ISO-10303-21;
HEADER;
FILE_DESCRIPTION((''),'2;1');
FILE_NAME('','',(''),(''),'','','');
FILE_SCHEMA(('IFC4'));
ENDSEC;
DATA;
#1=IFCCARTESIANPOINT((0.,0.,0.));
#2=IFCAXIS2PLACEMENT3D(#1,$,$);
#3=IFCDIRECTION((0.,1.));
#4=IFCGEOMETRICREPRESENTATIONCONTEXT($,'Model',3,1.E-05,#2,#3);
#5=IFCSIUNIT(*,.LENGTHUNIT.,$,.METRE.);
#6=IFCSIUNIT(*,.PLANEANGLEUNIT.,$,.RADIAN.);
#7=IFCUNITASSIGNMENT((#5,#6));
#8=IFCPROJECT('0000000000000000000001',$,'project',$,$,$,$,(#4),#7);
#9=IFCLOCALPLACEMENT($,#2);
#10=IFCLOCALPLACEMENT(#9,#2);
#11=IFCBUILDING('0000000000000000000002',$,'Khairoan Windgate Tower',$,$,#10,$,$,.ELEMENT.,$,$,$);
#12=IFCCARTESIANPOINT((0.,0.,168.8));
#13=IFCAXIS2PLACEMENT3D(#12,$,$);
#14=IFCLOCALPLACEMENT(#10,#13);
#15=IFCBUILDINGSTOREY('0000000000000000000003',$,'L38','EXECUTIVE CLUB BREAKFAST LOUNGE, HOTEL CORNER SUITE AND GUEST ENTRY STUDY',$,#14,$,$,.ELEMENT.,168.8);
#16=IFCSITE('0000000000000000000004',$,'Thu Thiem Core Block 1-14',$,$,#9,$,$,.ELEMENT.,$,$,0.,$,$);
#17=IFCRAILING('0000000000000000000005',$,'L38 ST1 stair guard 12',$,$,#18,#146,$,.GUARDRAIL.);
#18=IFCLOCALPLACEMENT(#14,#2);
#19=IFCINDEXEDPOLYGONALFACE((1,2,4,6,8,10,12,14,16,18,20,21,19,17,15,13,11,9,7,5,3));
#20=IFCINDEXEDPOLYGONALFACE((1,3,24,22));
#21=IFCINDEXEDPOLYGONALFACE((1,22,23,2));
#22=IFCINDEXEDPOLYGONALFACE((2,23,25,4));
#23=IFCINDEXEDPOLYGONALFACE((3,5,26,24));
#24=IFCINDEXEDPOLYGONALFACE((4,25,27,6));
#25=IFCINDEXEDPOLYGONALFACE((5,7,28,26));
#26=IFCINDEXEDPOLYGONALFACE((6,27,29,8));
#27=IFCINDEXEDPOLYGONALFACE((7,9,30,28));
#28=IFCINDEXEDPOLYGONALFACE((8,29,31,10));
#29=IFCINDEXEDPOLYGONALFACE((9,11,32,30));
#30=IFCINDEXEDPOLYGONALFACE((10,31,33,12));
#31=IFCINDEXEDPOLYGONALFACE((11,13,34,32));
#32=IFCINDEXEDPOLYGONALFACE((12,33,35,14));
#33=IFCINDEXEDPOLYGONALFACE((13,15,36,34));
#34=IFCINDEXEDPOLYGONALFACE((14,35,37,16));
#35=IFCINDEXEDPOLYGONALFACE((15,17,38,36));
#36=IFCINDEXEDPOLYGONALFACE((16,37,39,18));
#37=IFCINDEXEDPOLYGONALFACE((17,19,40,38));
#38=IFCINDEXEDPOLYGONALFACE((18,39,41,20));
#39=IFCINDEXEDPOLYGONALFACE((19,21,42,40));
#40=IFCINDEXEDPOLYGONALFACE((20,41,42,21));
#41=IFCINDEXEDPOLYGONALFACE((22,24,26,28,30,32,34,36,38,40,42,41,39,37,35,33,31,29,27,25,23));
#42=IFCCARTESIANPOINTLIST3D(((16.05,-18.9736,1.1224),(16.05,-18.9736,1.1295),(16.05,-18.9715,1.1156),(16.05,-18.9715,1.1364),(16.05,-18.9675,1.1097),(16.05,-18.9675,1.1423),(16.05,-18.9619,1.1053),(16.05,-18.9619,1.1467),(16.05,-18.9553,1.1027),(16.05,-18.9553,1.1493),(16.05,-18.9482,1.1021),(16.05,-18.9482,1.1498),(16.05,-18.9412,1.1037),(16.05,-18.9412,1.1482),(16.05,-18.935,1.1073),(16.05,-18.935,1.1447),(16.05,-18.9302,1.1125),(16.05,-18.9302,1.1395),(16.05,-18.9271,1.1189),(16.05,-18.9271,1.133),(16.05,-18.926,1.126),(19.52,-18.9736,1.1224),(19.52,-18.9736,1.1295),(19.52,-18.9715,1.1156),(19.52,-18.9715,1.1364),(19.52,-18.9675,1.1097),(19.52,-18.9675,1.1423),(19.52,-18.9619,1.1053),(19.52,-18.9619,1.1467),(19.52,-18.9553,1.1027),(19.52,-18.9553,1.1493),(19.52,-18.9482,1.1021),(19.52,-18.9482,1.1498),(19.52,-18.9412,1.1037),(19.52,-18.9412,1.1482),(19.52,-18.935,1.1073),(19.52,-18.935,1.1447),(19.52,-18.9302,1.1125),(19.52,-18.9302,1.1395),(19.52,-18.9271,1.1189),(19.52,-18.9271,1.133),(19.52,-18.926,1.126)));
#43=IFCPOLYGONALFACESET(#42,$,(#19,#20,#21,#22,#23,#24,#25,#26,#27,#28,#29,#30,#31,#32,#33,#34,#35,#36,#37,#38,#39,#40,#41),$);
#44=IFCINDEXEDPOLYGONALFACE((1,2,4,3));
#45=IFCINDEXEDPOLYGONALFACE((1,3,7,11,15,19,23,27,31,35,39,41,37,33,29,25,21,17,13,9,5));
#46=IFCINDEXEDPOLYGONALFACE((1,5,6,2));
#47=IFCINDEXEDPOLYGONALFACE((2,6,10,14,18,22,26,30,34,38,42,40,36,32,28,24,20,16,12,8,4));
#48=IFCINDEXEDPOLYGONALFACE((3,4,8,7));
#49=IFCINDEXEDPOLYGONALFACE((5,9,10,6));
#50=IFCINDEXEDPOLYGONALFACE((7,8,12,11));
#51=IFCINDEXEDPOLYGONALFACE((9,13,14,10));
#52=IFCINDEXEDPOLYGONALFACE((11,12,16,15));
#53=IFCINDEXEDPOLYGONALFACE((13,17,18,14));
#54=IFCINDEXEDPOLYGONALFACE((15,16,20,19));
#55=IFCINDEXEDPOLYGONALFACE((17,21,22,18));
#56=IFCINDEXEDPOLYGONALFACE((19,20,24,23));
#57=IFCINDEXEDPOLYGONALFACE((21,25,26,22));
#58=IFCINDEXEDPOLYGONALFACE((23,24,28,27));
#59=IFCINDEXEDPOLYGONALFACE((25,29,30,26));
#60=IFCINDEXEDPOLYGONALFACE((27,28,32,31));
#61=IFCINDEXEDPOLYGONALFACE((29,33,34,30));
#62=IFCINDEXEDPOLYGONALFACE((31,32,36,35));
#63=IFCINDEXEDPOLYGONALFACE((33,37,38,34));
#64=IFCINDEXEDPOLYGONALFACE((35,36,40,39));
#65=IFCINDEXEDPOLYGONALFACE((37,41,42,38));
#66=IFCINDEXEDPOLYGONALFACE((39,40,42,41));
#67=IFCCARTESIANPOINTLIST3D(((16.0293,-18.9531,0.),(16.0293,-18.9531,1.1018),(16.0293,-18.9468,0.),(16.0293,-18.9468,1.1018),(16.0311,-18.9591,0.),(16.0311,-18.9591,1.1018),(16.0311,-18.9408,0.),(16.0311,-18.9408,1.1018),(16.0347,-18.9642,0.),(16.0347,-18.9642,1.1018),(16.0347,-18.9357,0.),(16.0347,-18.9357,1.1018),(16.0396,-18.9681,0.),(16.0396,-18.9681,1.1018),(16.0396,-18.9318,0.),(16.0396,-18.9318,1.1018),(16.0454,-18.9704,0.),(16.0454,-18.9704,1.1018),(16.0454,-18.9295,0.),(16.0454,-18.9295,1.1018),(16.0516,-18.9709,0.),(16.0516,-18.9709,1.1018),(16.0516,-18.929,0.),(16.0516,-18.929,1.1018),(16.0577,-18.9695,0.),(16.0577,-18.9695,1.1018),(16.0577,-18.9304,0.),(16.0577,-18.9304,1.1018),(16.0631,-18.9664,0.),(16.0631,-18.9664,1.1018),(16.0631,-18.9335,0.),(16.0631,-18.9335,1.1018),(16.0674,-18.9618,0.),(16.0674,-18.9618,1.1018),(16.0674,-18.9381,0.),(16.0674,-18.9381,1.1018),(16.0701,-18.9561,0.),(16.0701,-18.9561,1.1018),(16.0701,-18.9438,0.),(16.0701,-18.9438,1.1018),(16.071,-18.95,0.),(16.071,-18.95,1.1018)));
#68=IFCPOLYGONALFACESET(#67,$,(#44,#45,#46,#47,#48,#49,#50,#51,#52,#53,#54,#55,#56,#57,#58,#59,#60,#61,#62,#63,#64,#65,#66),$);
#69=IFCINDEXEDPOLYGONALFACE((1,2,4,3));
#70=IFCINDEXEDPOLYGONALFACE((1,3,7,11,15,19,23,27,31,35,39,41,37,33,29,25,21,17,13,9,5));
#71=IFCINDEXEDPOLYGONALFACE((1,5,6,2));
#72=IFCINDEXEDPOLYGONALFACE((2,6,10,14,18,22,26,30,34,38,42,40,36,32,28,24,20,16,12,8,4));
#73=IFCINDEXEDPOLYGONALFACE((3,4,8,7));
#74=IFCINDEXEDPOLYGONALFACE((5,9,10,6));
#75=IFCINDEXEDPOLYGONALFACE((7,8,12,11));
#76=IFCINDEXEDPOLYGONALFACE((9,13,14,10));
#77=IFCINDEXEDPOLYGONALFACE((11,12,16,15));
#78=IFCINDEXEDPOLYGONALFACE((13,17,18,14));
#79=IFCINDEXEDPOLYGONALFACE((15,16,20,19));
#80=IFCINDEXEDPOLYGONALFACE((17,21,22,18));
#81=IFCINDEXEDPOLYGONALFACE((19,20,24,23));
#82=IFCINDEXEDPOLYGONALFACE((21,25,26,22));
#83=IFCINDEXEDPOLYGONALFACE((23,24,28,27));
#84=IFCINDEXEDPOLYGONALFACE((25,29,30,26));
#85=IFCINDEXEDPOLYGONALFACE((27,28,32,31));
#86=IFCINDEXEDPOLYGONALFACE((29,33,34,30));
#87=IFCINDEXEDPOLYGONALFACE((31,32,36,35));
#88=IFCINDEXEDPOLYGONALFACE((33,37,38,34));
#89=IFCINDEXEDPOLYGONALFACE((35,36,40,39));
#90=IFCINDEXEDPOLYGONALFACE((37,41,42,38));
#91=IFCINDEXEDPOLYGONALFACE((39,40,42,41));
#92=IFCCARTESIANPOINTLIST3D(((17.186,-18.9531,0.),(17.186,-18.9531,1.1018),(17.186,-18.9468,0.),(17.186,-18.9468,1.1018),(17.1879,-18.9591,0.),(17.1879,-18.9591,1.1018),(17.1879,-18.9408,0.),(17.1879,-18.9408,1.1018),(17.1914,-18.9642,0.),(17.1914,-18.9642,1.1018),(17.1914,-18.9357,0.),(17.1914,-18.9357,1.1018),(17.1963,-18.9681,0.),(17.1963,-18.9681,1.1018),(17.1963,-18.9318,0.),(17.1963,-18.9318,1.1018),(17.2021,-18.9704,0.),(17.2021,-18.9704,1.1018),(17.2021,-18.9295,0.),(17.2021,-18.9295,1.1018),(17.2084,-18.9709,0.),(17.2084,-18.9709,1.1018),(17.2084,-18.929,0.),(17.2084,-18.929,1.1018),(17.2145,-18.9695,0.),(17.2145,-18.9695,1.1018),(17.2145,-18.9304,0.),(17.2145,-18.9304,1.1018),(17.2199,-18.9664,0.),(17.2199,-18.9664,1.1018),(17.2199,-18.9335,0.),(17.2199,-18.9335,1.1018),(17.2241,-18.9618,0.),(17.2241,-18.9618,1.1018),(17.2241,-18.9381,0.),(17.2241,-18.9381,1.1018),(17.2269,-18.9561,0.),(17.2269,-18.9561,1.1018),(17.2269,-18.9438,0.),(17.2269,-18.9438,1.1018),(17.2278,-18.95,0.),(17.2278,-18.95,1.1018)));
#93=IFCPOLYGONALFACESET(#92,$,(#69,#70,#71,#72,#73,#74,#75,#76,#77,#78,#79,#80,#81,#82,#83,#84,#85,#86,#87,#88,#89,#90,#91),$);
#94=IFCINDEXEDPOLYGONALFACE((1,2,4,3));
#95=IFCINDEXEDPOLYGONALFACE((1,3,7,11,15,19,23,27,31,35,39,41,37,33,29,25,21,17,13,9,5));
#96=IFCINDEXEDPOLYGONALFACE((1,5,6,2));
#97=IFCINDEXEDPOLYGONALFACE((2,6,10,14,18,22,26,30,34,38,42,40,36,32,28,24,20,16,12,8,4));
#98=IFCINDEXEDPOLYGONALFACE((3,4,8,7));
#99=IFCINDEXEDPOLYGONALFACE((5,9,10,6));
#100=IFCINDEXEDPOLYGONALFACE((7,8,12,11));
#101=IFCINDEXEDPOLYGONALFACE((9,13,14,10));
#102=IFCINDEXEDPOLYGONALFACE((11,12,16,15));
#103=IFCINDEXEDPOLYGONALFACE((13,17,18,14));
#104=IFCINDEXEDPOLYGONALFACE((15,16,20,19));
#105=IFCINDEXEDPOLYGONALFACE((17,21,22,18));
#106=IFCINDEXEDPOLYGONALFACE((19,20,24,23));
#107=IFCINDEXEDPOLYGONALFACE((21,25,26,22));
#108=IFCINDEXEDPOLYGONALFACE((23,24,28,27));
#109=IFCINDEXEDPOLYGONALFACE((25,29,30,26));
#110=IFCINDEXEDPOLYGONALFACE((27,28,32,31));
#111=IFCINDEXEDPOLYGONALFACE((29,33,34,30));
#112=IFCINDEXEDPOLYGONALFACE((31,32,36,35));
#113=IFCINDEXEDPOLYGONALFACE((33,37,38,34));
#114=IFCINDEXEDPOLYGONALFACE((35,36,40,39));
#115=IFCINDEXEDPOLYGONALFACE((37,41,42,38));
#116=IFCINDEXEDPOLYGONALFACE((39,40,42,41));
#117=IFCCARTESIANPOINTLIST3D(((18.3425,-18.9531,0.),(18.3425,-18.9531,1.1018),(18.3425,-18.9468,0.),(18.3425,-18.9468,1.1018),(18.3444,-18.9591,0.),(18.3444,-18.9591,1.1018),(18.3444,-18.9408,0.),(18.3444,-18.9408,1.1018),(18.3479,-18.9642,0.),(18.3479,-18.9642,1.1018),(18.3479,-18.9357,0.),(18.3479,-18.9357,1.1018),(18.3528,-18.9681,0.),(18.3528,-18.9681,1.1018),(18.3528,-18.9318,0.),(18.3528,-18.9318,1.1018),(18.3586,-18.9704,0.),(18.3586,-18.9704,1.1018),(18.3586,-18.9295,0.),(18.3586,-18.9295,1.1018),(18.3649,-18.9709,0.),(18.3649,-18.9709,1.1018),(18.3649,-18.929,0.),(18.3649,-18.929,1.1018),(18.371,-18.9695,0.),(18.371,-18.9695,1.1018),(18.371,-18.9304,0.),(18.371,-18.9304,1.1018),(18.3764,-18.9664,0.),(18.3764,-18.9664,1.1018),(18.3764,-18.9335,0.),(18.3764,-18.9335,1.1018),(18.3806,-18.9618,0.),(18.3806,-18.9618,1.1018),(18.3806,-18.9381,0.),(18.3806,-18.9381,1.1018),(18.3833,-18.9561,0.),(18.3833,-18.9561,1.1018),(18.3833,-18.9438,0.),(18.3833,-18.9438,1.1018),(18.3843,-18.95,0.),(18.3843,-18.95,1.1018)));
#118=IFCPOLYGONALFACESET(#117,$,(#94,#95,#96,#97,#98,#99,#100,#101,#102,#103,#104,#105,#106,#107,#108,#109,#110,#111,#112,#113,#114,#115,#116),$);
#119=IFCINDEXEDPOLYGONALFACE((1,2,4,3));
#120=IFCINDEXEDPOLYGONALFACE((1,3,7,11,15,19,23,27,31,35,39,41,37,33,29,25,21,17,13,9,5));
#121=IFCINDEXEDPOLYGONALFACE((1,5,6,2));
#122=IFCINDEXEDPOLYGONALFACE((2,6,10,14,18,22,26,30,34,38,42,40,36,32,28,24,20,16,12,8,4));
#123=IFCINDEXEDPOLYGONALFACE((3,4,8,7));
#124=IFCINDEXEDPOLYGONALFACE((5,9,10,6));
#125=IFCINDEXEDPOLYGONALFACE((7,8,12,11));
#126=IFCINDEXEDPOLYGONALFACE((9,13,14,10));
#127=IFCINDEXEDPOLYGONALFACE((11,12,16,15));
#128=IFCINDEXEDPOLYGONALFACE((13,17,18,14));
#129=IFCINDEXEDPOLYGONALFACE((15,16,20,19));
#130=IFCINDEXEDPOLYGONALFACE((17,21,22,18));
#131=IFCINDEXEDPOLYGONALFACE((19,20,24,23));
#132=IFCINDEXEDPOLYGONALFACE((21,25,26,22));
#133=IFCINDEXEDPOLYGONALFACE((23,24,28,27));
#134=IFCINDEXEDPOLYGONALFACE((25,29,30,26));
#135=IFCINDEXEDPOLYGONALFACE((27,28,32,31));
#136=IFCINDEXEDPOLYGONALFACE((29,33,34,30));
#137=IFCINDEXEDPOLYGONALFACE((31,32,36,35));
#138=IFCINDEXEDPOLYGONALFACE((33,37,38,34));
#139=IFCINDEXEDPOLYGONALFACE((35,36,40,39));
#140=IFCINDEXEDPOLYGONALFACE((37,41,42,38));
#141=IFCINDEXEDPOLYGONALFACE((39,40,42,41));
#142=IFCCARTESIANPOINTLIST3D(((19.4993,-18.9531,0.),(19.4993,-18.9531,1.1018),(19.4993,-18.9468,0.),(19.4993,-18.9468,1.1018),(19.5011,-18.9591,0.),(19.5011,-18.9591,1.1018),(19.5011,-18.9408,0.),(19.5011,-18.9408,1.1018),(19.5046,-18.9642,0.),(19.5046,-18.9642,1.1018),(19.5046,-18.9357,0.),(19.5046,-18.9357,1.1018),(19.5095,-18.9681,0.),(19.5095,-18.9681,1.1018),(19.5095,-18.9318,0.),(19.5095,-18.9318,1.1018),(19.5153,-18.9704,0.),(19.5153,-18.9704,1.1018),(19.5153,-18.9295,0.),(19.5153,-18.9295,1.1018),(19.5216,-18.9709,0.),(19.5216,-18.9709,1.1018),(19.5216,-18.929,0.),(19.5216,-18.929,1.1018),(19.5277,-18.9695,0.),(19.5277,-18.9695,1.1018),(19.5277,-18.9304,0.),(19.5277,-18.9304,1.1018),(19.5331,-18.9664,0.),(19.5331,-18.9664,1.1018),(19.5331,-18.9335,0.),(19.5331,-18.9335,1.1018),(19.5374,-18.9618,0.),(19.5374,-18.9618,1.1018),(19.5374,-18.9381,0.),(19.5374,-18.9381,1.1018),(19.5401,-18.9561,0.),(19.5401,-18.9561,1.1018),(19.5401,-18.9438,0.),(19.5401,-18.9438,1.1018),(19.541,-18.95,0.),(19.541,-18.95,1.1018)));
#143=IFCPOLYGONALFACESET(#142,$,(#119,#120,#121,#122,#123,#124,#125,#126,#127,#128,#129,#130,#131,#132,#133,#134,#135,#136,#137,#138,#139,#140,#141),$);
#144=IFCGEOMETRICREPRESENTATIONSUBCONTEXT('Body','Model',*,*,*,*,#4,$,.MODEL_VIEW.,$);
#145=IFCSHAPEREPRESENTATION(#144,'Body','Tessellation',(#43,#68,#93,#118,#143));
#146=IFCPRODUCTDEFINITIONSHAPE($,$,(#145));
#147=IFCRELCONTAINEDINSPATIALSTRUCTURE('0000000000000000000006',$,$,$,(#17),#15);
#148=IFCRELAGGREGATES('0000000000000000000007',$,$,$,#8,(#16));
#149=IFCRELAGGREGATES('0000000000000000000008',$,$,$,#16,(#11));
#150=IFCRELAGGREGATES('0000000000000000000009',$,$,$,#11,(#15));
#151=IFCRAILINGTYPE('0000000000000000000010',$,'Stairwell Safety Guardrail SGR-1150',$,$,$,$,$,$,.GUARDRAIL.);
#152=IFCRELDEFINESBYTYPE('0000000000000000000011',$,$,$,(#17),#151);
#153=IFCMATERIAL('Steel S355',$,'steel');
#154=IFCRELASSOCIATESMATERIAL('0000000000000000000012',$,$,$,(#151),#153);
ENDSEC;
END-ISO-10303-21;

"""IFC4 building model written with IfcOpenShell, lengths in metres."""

from ifc_helpers import new_model, si_unit, direction, frame, origin, origin_2d, place, context, subcontext, project, spatial, circle, extrude, material, type_object, element, save


model = new_model("IFC4")

# Units and contexts
model_context = context("Model", 3, precision=1e-05, world=origin(), true_north=direction((0.0, 1.0)))
body_context = subcontext(model_context, "Body", "Model", "MODEL_VIEW")
ifc_project = project(units=[si_unit("LENGTHUNIT", "METRE"), si_unit("PLANEANGLEUNIT", "RADIAN")], contexts=[model_context])

# Site, building, storey
site_placement = place(None, origin())
site = spatial("IfcSite", under=ifc_project, at=site_placement, Name="Thu Thiem Core Block 1-14", CompositionType="ELEMENT", RefElevation=0.0)
building_placement = place(site_placement, origin())
building = spatial("IfcBuilding", under=site, at=building_placement, Name="Khairoan Windgate Tower", CompositionType="ELEMENT")
storey_placement = place(building_placement, frame((0.0, 0.0, 168.8)))
storey = spatial("IfcBuildingStorey", under=building, at=storey_placement, Name="L38", Description="EXECUTIVE CLUB BREAKFAST LOUNGE, HOTEL CORNER SUITE AND GUEST ENTRY STUDY", CompositionType="ELEMENT", Elevation=168.8)

# Railing
ifc_material_1 = material(Name="Steel S355", Category="steel")
railing_type = type_object("IfcRailingType", Name="Stairwell Safety Guardrail SGR-1150", PredefinedType="GUARDRAIL", material=ifc_material_1)
railing_1_placement = place(storey_placement, frame((16.05, -18.95, 0.0)))
element("IfcRailing", 1, at=railing_1_placement, inside=storey, type_object=railing_type, Name="L38 ST1 stair guard 12", PredefinedType="GUARDRAIL", context=body_context, shape_type="SweptSolid", body=[
    extrude(circle(Radius=0.0239, at=origin_2d()), frame((0.0, 0.0, 1.126), z_axis=(1.0, 0.0, 0.0), x_axis=(0.0, 1.0, 0.0)), (0.0, 0.0, 1.0), 3.47),
    extrude(circle(Radius=0.021, at=origin_2d()), origin(), (0.0, 0.0, 1.0), 1.1018),
    extrude(circle(Radius=0.021, at=origin_2d()), frame((1.1567, 0.0, 0.0)), (0.0, 0.0, 1.0), 1.1018),
    extrude(circle(Radius=0.021, at=origin_2d()), frame((2.3132, 0.0, 0.0)), (0.0, 0.0, 1.0), 1.1018),
    extrude(circle(Radius=0.021, at=origin_2d()), frame((3.47, 0.0, 0.0)), (0.0, 0.0, 1.0), 1.1018),
])

save(model, "model.ifc")
